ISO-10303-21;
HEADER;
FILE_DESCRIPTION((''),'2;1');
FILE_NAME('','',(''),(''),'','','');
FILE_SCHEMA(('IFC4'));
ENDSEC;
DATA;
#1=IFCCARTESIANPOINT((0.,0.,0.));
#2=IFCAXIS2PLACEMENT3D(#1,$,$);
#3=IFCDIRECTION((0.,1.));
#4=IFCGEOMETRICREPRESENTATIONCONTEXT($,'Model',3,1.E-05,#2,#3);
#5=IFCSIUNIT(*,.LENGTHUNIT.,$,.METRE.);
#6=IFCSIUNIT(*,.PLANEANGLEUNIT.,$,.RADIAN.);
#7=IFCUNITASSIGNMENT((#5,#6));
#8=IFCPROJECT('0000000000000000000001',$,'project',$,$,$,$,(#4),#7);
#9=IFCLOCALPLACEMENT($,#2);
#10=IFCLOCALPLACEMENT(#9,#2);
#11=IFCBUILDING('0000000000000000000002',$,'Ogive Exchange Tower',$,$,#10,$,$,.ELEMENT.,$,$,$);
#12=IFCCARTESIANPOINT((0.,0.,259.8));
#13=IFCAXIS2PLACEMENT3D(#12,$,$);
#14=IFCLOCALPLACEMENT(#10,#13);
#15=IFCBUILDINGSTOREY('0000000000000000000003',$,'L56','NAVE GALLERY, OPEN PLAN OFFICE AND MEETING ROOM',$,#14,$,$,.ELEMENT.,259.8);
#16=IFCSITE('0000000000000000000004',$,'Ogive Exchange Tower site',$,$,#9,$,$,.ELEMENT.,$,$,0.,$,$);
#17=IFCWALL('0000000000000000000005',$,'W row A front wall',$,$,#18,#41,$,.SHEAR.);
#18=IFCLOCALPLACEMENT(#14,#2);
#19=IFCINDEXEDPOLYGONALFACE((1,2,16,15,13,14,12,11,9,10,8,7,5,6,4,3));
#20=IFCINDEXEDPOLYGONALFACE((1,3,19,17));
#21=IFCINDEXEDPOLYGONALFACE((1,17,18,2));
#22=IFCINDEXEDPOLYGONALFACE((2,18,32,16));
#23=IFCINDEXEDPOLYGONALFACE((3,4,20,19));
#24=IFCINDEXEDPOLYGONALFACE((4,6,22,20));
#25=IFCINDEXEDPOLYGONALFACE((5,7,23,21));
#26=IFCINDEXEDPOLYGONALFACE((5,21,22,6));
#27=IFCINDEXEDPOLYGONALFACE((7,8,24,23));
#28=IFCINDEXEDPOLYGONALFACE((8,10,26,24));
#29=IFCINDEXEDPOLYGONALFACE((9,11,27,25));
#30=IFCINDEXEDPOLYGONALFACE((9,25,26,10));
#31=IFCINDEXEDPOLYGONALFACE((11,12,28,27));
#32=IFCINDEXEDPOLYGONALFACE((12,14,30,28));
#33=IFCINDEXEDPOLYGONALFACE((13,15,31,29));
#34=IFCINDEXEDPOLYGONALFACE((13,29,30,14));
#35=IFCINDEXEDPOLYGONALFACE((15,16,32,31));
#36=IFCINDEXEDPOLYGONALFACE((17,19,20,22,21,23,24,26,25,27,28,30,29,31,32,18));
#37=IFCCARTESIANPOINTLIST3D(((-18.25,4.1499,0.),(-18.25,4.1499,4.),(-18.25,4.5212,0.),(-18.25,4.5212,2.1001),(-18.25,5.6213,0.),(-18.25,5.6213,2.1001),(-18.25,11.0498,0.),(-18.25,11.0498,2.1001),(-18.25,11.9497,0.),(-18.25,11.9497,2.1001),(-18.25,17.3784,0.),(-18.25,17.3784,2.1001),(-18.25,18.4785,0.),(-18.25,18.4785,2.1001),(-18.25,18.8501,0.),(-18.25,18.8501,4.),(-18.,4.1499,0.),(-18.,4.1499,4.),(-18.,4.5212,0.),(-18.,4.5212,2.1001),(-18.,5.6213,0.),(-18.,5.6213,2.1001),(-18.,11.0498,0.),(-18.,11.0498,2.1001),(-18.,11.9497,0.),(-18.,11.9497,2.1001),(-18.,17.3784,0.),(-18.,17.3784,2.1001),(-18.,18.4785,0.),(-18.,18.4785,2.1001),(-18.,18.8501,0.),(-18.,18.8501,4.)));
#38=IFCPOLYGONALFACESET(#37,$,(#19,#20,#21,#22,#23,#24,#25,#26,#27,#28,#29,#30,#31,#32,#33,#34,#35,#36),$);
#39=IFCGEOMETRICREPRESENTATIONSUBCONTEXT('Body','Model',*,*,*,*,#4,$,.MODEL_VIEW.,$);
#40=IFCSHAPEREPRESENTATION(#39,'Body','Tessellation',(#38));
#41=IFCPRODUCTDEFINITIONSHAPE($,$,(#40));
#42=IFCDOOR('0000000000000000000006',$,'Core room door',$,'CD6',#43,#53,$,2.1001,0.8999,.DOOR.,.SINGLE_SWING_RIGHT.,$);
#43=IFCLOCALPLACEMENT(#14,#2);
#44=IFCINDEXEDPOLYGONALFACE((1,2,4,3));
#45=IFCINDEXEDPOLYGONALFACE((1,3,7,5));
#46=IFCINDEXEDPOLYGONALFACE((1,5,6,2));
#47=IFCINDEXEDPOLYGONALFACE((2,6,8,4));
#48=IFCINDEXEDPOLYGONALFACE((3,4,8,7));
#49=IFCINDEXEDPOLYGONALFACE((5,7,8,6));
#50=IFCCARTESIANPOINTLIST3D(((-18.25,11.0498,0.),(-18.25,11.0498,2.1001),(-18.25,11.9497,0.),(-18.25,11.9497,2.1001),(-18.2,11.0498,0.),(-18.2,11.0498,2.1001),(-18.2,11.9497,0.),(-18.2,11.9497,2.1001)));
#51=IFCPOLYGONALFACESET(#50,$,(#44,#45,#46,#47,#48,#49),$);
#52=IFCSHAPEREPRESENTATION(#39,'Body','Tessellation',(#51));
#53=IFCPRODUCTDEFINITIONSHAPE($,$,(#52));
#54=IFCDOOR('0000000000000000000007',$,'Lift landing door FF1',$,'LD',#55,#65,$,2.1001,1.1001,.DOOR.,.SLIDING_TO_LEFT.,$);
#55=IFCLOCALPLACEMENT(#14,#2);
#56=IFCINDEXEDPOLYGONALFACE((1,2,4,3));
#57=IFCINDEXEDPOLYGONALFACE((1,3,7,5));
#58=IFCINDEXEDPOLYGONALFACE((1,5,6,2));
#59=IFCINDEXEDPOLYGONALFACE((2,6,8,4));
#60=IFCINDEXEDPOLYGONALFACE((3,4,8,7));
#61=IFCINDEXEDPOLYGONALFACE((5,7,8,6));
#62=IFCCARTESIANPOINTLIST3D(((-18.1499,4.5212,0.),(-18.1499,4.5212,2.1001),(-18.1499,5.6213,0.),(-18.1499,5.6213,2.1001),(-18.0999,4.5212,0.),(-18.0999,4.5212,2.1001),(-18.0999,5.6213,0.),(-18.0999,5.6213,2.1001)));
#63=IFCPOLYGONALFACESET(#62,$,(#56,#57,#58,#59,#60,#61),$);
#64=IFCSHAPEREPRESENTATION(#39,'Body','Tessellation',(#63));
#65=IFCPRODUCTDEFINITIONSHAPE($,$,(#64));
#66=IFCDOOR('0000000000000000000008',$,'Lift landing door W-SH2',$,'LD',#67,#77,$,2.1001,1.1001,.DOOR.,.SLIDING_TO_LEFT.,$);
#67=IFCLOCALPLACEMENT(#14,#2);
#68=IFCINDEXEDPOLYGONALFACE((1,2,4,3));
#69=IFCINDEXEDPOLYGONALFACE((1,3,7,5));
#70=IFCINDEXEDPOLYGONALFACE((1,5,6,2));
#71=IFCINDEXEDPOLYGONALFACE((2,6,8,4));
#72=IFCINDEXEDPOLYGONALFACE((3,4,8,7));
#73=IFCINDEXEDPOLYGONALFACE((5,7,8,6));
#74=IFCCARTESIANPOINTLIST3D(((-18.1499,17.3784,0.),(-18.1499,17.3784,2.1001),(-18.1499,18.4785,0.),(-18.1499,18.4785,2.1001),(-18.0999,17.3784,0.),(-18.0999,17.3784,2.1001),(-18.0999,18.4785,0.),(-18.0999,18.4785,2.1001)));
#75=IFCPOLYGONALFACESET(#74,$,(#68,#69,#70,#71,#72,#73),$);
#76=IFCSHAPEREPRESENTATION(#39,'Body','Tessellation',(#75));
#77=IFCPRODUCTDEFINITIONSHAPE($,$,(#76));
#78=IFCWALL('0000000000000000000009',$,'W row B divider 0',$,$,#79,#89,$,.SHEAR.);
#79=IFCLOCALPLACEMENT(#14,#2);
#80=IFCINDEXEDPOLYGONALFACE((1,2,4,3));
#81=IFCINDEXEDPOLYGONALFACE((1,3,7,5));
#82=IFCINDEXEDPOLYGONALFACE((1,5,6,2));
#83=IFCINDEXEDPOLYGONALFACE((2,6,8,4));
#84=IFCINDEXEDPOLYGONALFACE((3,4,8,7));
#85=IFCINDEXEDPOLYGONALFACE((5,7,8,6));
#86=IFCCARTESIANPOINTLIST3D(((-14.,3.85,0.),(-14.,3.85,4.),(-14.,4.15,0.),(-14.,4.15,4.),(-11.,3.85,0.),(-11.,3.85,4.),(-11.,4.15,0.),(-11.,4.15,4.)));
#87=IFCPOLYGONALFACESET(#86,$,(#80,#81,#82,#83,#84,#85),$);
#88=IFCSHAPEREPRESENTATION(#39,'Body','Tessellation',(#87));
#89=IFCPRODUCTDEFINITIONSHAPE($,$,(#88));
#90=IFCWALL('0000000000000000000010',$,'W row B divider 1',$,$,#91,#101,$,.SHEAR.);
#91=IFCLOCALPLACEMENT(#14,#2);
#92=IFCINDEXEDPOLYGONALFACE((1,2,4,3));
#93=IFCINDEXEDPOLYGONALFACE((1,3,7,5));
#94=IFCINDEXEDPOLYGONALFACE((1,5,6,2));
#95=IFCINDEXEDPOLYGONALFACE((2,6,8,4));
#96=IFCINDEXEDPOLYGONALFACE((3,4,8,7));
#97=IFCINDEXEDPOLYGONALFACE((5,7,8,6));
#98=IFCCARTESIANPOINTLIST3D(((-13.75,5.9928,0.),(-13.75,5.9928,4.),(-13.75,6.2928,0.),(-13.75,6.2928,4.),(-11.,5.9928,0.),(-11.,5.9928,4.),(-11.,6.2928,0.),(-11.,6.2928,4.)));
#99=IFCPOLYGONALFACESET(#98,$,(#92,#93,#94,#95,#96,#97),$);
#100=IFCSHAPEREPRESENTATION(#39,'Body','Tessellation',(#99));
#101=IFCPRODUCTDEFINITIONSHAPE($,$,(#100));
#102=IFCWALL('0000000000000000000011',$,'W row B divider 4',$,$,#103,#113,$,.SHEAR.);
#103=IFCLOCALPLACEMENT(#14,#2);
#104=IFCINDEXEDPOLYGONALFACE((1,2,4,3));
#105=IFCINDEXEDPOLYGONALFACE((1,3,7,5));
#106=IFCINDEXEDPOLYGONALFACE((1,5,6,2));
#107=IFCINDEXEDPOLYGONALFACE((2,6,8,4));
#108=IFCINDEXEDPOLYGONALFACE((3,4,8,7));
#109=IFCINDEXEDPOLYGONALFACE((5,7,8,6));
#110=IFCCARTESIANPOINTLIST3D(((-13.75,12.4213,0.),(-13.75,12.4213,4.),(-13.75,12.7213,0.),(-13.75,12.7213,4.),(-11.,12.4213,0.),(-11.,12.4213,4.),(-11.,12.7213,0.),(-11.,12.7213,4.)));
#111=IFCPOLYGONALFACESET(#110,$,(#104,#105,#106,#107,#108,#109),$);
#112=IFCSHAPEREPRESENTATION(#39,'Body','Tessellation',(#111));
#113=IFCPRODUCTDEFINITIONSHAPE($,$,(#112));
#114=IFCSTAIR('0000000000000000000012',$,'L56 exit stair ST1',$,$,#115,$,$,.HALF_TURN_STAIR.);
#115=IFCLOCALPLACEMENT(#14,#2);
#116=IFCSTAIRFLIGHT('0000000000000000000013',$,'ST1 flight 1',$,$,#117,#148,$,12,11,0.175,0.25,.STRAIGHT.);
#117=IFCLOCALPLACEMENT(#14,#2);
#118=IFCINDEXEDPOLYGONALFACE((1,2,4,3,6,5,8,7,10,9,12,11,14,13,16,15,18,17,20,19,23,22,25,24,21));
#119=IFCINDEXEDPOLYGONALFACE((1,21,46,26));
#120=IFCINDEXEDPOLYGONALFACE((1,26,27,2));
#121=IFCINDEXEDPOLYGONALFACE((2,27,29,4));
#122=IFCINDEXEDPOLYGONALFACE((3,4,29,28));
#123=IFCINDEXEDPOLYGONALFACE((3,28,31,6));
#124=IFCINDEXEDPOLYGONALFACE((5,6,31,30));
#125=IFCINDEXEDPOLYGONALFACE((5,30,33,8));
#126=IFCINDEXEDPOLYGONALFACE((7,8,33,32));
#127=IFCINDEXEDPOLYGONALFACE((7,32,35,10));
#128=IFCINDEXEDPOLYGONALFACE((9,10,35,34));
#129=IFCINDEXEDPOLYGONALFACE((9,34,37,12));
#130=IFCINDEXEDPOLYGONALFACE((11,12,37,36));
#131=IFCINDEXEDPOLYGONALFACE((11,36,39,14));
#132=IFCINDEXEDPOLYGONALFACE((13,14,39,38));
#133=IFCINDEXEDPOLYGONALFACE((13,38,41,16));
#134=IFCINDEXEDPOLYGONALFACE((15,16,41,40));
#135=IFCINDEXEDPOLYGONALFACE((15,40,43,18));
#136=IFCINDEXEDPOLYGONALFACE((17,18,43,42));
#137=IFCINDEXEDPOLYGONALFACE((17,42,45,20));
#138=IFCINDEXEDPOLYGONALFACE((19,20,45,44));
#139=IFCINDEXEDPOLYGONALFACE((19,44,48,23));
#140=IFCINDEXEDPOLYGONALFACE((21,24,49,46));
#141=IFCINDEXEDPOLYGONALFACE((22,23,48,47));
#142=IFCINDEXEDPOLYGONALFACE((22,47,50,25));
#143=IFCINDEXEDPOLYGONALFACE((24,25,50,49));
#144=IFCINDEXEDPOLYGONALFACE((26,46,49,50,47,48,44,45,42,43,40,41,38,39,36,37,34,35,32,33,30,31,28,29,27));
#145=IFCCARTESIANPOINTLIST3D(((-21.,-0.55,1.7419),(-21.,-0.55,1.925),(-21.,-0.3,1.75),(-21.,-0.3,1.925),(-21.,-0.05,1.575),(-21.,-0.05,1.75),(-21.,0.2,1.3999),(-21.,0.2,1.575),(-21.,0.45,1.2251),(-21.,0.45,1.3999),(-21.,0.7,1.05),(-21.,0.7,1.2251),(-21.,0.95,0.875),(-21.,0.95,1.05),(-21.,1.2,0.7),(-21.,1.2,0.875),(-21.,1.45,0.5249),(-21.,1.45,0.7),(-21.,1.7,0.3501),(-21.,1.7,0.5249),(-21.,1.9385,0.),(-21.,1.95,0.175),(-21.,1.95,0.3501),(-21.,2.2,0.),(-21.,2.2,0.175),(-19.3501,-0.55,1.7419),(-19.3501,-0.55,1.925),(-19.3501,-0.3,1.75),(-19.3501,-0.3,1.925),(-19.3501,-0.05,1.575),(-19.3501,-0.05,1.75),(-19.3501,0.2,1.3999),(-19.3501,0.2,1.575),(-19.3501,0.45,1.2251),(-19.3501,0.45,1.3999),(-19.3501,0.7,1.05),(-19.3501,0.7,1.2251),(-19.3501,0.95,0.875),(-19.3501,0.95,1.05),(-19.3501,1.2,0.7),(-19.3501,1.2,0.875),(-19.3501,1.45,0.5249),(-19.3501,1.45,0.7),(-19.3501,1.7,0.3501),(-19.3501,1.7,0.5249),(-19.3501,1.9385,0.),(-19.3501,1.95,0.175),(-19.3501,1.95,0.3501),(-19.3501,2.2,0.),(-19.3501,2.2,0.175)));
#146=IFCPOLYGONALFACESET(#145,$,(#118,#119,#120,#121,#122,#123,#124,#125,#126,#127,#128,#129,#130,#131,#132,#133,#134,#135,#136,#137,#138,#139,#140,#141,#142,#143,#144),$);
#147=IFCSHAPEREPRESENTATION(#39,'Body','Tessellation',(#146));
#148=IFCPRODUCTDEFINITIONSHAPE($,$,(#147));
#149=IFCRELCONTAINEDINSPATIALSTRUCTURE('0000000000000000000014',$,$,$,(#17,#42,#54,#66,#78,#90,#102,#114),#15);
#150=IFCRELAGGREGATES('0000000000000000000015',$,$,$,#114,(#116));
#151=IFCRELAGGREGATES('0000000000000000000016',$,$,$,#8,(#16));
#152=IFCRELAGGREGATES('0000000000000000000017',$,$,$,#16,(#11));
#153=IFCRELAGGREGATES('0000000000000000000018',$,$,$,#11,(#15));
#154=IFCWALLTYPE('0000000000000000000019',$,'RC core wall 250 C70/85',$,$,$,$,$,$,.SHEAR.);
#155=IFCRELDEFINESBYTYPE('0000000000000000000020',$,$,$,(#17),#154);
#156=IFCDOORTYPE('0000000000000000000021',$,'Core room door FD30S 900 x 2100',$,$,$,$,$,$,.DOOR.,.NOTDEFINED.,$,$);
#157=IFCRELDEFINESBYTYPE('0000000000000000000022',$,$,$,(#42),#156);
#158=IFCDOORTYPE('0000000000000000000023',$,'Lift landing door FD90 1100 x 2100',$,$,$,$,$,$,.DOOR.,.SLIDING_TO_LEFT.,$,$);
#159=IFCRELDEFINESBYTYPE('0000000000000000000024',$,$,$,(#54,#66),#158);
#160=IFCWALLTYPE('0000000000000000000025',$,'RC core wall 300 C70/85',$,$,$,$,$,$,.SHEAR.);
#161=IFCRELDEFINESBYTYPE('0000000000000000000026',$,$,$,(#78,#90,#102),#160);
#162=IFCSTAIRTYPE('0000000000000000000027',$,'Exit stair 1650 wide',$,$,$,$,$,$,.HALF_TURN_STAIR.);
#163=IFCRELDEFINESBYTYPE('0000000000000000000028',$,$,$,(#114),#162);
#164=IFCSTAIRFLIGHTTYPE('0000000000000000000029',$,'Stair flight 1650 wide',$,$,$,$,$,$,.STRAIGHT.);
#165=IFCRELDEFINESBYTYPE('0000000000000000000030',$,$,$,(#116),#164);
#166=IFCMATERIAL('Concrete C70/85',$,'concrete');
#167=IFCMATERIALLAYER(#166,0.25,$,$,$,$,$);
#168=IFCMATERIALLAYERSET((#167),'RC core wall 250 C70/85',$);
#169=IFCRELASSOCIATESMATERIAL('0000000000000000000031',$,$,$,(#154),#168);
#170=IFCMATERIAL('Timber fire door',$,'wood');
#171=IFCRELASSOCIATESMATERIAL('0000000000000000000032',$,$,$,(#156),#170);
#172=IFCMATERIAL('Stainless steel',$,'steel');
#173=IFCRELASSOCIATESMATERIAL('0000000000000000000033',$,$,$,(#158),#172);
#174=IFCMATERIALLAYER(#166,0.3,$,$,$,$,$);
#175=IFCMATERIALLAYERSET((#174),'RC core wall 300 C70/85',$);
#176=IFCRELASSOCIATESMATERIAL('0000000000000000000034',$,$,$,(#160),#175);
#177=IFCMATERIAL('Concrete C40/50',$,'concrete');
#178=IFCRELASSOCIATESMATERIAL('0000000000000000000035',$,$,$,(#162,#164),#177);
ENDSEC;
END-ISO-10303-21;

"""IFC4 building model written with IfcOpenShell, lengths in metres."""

from ifc_helpers import new_model, si_unit, direction, frame, frame_2d, origin, place, context, subcontext, project, spatial, polyline, rectangle, outline, extrude, material, layer, layer_set, type_object, element, fill, aggregate, save


model = new_model("IFC4")

# Units and contexts
model_context = context("Model", 3, precision=1e-05, world=origin(), true_north=direction((0.0, 1.0)))
body_context = subcontext(model_context, "Body", "Model", "MODEL_VIEW")
ifc_project = project(units=[si_unit("LENGTHUNIT", "METRE"), si_unit("PLANEANGLEUNIT", "RADIAN")], contexts=[model_context])

# Site, building, storey
site_placement = place(None, origin())
site = spatial("IfcSite", under=ifc_project, at=site_placement, Name="Ogive Exchange Tower site", CompositionType="ELEMENT", RefElevation=0.0)
building_placement = place(site_placement, origin())
building = spatial("IfcBuilding", under=site, at=building_placement, Name="Ogive Exchange Tower", CompositionType="ELEMENT")
storey_placement = place(building_placement, frame((0.0, 0.0, 259.8)))
storey = spatial("IfcBuildingStorey", under=building, at=storey_placement, Name="L56", Description="NAVE GALLERY, OPEN PLAN OFFICE AND MEETING ROOM", CompositionType="ELEMENT", Elevation=259.8)

# Shared definitions
ifc_material_1 = material(Name="Concrete C70/85", Category="concrete")

# Wall, openings, doors
ifc_layer_1 = layer(ifc_material_1, 0.25)
ifc_layer_set_1 = layer_set([ifc_layer_1], Name="RC core wall 250 C70/85")
wall_type_1 = type_object("IfcWallType", Name="RC core wall 250 C70/85", PredefinedType="SHEAR", material=ifc_layer_set_1)
wall_1_placement = place(storey_placement, frame((-18.125, 4.1499, 0.0), z_axis=(0.0, 0.0, 1.0), x_axis=(0.0, 1.0, 0.0)))
wall_1 = element("IfcWall", 1, at=wall_1_placement, inside=storey, type_object=wall_type_1, Name="W row A front wall", PredefinedType="SHEAR", context=body_context, shape_type="SweptSolid", body=[
    extrude(rectangle(XDim=14.7002, YDim=0.25, at=frame_2d((7.3501, 0.0))), origin(), (0.0, 0.0, 1.0), 4.0),
])
opening_1_placement = place(wall_1_placement, frame((6.8999, 0.0, 0.0)))
opening_1 = element("IfcOpeningElement", 2, at=opening_1_placement, cuts=wall_1, PredefinedType="OPENING", context=body_context, shape_type="SweptSolid", body=[
    extrude(rectangle(XDim=0.8999, YDim=2.1001, at=frame_2d((0.45, 1.05))), frame((0.0, 0.135, 0.0), z_axis=(0.0, -1.0, 0.0), x_axis=(1.0, 0.0, 0.0)), (0.0, 0.0, 1.0), 0.27),
])
opening_2_placement = place(wall_1_placement, frame((0.3713, 0.0, 0.0)))
opening_2 = element("IfcOpeningElement", 3, at=opening_2_placement, cuts=wall_1, PredefinedType="OPENING", context=body_context, shape_type="SweptSolid", body=[
    extrude(rectangle(XDim=1.1001, YDim=2.1001, at=frame_2d((0.55, 1.05))), frame((0.0, 0.135, 0.0), z_axis=(0.0, -1.0, 0.0), x_axis=(1.0, 0.0, 0.0)), (0.0, 0.0, 1.0), 0.27),
])
opening_3_placement = place(wall_1_placement, frame((13.2285, 0.0, 0.0)))
opening_3 = element("IfcOpeningElement", 4, at=opening_3_placement, cuts=wall_1, PredefinedType="OPENING", context=body_context, shape_type="SweptSolid", body=[
    extrude(rectangle(XDim=1.1001, YDim=2.1001, at=frame_2d((0.55, 1.05))), frame((0.0, 0.135, 0.0), z_axis=(0.0, -1.0, 0.0), x_axis=(1.0, 0.0, 0.0)), (0.0, 0.0, 1.0), 0.27),
])
ifc_material_2 = material(Name="Timber fire door", Category="wood")
door_type_1 = type_object("IfcDoorType", Name="Core room door FD30S 900 x 2100", OperationType="NOTDEFINED", PredefinedType="DOOR", material=ifc_material_2)
door_1_placement = place(opening_1_placement, origin())
door_1 = element("IfcDoor", 5, at=door_1_placement, inside=storey, type_object=door_type_1, Name="Core room door", ObjectType="CD6", OperationType="SINGLE_SWING_RIGHT", OverallHeight=2.1001, OverallWidth=0.8999, PredefinedType="DOOR", context=body_context, shape_type="SweptSolid", body=[
    extrude(rectangle(XDim=0.8999, YDim=2.1001, at=frame_2d((0.45, 1.05))), frame((0.0, 0.125, 0.0), z_axis=(0.0, -1.0, 0.0), x_axis=(1.0, 0.0, 0.0)), (0.0, 0.0, 1.0), 0.05),
])
fill(opening_1, door_1)
ifc_material_3 = material(Name="Stainless steel", Category="steel")
door_type_2 = type_object("IfcDoorType", Name="Lift landing door FD90 1100 x 2100", OperationType="SLIDING_TO_LEFT", PredefinedType="DOOR", material=ifc_material_3)
door_2_placement = place(opening_2_placement, origin())
door_2 = element("IfcDoor", 6, at=door_2_placement, inside=storey, type_object=door_type_2, Name="Lift landing door FF1", ObjectType="LD", OperationType="SLIDING_TO_LEFT", OverallHeight=2.1001, OverallWidth=1.1001, PredefinedType="DOOR", context=body_context, shape_type="SweptSolid", body=[
    extrude(rectangle(XDim=1.1001, YDim=2.1001, at=frame_2d((0.55, 1.05))), frame((0.0, 0.0249, 0.0), z_axis=(0.0, -1.0, 0.0), x_axis=(1.0, 0.0, 0.0)), (0.0, 0.0, 1.0), 0.05),
])
fill(opening_2, door_2)
door_3_placement = place(opening_3_placement, origin())
door_3 = element("IfcDoor", 7, at=door_3_placement, inside=storey, type_object=door_type_2, Name="Lift landing door W-SH2", ObjectType="LD", OperationType="SLIDING_TO_LEFT", OverallHeight=2.1001, OverallWidth=1.1001, PredefinedType="DOOR", context=body_context, shape_type="SweptSolid", body=[
    extrude(rectangle(XDim=1.1001, YDim=2.1001, at=frame_2d((0.55, 1.05))), frame((0.0, 0.0249, 0.0), z_axis=(0.0, -1.0, 0.0), x_axis=(1.0, 0.0, 0.0)), (0.0, 0.0, 1.0), 0.05),
])
fill(opening_3, door_3)

# Walls
ifc_layer_2 = layer(ifc_material_1, 0.3)
ifc_layer_set_2 = layer_set([ifc_layer_2], Name="RC core wall 300 C70/85")
wall_type_2 = type_object("IfcWallType", Name="RC core wall 300 C70/85", PredefinedType="SHEAR", material=ifc_layer_set_2)
wall_2_placement = place(storey_placement, frame((-14.0, 4.0, 0.0), z_axis=(0.0, 0.0, 1.0), x_axis=(1.0, 0.0, 0.0)))
element("IfcWall", 8, at=wall_2_placement, inside=storey, type_object=wall_type_2, Name="W row B divider 0", PredefinedType="SHEAR", context=body_context, shape_type="SweptSolid", body=[
    extrude(rectangle(XDim=3.0, YDim=0.3, at=frame_2d((1.5, 0.0))), origin(), (0.0, 0.0, 1.0), 4.0),
])
for number, where, z_axis, x_axis, name in (
    (9, (-13.75, 6.1428, 0.0), (0.0, 0.0, 1.0), (1.0, 0.0, 0.0), "W row B divider 1"),
    (10, (-13.75, 12.5713, 0.0), (0.0, 0.0, 1.0), (1.0, 0.0, 0.0), "W row B divider 4"),
):
    element("IfcWall", number, at=place(storey_placement, frame(where, z_axis=z_axis, x_axis=x_axis)), inside=storey, type_object=wall_type_2, Name=name, PredefinedType="SHEAR", context=body_context, shape_type="SweptSolid", body=[
        extrude(rectangle(XDim=2.75, YDim=0.3, at=frame_2d((1.375, 0.0))), origin(), (0.0, 0.0, 1.0), 4.0),
    ])

# Stair, stair flight
ifc_material_4 = material(Name="Concrete C40/50", Category="concrete")
stair_type = type_object("IfcStairType", Name="Exit stair 1650 wide", PredefinedType="HALF_TURN_STAIR", material=ifc_material_4)
stair_placement = place(storey_placement, origin())
stair = element("IfcStair", 11, at=stair_placement, inside=storey, type_object=stair_type, Name="L56 exit stair ST1", PredefinedType="HALF_TURN_STAIR")
stair_flight_type = type_object("IfcStairFlightType", Name="Stair flight 1650 wide", PredefinedType="STRAIGHT", material=ifc_material_4)
stair_flight_placement = place(storey_placement, frame((-20.175, 2.2, 0.0), z_axis=(0.0, 0.0, 1.0), x_axis=(0.0, -1.0, 0.0)))
stair_flight = element("IfcStairFlight", 12, at=stair_flight_placement, type_object=stair_flight_type, Name="ST1 flight 1", NumberOfRisers=12, NumberOfTreads=11, PredefinedType="STRAIGHT", RiserHeight=0.175, TreadLength=0.25, context=body_context, shape_type="SweptSolid", body=[
    extrude(outline(polyline([(0.0, 0.0), (0.0, 0.175), (0.25, 0.175), (0.25, 0.3501), (0.5, 0.3501), (0.5, 0.5249), (0.75, 0.5249), (0.75, 0.7), (1.0, 0.7), (1.0, 0.875), (1.25, 0.875), (1.25, 1.05), (1.5, 1.05), (1.5, 1.2251), (1.75, 1.2251), (1.75, 1.3999), (2.0, 1.3999), (2.0, 1.575), (2.25, 1.575), (2.25, 1.75), (2.5, 1.75), (2.5, 1.925), (2.75, 1.925), (2.75, 2.1001), (2.75, 1.7419), (0.2615, 0.0), (0.0, 0.0)])), frame((0.0, 0.825, 0.0), z_axis=(0.0, -1.0, 0.0), x_axis=(1.0, 0.0, 0.0)), (0.0, 0.0, 1.0), 1.6499),
])
aggregate(stair, [stair_flight])

save(model, "model.ifc")
